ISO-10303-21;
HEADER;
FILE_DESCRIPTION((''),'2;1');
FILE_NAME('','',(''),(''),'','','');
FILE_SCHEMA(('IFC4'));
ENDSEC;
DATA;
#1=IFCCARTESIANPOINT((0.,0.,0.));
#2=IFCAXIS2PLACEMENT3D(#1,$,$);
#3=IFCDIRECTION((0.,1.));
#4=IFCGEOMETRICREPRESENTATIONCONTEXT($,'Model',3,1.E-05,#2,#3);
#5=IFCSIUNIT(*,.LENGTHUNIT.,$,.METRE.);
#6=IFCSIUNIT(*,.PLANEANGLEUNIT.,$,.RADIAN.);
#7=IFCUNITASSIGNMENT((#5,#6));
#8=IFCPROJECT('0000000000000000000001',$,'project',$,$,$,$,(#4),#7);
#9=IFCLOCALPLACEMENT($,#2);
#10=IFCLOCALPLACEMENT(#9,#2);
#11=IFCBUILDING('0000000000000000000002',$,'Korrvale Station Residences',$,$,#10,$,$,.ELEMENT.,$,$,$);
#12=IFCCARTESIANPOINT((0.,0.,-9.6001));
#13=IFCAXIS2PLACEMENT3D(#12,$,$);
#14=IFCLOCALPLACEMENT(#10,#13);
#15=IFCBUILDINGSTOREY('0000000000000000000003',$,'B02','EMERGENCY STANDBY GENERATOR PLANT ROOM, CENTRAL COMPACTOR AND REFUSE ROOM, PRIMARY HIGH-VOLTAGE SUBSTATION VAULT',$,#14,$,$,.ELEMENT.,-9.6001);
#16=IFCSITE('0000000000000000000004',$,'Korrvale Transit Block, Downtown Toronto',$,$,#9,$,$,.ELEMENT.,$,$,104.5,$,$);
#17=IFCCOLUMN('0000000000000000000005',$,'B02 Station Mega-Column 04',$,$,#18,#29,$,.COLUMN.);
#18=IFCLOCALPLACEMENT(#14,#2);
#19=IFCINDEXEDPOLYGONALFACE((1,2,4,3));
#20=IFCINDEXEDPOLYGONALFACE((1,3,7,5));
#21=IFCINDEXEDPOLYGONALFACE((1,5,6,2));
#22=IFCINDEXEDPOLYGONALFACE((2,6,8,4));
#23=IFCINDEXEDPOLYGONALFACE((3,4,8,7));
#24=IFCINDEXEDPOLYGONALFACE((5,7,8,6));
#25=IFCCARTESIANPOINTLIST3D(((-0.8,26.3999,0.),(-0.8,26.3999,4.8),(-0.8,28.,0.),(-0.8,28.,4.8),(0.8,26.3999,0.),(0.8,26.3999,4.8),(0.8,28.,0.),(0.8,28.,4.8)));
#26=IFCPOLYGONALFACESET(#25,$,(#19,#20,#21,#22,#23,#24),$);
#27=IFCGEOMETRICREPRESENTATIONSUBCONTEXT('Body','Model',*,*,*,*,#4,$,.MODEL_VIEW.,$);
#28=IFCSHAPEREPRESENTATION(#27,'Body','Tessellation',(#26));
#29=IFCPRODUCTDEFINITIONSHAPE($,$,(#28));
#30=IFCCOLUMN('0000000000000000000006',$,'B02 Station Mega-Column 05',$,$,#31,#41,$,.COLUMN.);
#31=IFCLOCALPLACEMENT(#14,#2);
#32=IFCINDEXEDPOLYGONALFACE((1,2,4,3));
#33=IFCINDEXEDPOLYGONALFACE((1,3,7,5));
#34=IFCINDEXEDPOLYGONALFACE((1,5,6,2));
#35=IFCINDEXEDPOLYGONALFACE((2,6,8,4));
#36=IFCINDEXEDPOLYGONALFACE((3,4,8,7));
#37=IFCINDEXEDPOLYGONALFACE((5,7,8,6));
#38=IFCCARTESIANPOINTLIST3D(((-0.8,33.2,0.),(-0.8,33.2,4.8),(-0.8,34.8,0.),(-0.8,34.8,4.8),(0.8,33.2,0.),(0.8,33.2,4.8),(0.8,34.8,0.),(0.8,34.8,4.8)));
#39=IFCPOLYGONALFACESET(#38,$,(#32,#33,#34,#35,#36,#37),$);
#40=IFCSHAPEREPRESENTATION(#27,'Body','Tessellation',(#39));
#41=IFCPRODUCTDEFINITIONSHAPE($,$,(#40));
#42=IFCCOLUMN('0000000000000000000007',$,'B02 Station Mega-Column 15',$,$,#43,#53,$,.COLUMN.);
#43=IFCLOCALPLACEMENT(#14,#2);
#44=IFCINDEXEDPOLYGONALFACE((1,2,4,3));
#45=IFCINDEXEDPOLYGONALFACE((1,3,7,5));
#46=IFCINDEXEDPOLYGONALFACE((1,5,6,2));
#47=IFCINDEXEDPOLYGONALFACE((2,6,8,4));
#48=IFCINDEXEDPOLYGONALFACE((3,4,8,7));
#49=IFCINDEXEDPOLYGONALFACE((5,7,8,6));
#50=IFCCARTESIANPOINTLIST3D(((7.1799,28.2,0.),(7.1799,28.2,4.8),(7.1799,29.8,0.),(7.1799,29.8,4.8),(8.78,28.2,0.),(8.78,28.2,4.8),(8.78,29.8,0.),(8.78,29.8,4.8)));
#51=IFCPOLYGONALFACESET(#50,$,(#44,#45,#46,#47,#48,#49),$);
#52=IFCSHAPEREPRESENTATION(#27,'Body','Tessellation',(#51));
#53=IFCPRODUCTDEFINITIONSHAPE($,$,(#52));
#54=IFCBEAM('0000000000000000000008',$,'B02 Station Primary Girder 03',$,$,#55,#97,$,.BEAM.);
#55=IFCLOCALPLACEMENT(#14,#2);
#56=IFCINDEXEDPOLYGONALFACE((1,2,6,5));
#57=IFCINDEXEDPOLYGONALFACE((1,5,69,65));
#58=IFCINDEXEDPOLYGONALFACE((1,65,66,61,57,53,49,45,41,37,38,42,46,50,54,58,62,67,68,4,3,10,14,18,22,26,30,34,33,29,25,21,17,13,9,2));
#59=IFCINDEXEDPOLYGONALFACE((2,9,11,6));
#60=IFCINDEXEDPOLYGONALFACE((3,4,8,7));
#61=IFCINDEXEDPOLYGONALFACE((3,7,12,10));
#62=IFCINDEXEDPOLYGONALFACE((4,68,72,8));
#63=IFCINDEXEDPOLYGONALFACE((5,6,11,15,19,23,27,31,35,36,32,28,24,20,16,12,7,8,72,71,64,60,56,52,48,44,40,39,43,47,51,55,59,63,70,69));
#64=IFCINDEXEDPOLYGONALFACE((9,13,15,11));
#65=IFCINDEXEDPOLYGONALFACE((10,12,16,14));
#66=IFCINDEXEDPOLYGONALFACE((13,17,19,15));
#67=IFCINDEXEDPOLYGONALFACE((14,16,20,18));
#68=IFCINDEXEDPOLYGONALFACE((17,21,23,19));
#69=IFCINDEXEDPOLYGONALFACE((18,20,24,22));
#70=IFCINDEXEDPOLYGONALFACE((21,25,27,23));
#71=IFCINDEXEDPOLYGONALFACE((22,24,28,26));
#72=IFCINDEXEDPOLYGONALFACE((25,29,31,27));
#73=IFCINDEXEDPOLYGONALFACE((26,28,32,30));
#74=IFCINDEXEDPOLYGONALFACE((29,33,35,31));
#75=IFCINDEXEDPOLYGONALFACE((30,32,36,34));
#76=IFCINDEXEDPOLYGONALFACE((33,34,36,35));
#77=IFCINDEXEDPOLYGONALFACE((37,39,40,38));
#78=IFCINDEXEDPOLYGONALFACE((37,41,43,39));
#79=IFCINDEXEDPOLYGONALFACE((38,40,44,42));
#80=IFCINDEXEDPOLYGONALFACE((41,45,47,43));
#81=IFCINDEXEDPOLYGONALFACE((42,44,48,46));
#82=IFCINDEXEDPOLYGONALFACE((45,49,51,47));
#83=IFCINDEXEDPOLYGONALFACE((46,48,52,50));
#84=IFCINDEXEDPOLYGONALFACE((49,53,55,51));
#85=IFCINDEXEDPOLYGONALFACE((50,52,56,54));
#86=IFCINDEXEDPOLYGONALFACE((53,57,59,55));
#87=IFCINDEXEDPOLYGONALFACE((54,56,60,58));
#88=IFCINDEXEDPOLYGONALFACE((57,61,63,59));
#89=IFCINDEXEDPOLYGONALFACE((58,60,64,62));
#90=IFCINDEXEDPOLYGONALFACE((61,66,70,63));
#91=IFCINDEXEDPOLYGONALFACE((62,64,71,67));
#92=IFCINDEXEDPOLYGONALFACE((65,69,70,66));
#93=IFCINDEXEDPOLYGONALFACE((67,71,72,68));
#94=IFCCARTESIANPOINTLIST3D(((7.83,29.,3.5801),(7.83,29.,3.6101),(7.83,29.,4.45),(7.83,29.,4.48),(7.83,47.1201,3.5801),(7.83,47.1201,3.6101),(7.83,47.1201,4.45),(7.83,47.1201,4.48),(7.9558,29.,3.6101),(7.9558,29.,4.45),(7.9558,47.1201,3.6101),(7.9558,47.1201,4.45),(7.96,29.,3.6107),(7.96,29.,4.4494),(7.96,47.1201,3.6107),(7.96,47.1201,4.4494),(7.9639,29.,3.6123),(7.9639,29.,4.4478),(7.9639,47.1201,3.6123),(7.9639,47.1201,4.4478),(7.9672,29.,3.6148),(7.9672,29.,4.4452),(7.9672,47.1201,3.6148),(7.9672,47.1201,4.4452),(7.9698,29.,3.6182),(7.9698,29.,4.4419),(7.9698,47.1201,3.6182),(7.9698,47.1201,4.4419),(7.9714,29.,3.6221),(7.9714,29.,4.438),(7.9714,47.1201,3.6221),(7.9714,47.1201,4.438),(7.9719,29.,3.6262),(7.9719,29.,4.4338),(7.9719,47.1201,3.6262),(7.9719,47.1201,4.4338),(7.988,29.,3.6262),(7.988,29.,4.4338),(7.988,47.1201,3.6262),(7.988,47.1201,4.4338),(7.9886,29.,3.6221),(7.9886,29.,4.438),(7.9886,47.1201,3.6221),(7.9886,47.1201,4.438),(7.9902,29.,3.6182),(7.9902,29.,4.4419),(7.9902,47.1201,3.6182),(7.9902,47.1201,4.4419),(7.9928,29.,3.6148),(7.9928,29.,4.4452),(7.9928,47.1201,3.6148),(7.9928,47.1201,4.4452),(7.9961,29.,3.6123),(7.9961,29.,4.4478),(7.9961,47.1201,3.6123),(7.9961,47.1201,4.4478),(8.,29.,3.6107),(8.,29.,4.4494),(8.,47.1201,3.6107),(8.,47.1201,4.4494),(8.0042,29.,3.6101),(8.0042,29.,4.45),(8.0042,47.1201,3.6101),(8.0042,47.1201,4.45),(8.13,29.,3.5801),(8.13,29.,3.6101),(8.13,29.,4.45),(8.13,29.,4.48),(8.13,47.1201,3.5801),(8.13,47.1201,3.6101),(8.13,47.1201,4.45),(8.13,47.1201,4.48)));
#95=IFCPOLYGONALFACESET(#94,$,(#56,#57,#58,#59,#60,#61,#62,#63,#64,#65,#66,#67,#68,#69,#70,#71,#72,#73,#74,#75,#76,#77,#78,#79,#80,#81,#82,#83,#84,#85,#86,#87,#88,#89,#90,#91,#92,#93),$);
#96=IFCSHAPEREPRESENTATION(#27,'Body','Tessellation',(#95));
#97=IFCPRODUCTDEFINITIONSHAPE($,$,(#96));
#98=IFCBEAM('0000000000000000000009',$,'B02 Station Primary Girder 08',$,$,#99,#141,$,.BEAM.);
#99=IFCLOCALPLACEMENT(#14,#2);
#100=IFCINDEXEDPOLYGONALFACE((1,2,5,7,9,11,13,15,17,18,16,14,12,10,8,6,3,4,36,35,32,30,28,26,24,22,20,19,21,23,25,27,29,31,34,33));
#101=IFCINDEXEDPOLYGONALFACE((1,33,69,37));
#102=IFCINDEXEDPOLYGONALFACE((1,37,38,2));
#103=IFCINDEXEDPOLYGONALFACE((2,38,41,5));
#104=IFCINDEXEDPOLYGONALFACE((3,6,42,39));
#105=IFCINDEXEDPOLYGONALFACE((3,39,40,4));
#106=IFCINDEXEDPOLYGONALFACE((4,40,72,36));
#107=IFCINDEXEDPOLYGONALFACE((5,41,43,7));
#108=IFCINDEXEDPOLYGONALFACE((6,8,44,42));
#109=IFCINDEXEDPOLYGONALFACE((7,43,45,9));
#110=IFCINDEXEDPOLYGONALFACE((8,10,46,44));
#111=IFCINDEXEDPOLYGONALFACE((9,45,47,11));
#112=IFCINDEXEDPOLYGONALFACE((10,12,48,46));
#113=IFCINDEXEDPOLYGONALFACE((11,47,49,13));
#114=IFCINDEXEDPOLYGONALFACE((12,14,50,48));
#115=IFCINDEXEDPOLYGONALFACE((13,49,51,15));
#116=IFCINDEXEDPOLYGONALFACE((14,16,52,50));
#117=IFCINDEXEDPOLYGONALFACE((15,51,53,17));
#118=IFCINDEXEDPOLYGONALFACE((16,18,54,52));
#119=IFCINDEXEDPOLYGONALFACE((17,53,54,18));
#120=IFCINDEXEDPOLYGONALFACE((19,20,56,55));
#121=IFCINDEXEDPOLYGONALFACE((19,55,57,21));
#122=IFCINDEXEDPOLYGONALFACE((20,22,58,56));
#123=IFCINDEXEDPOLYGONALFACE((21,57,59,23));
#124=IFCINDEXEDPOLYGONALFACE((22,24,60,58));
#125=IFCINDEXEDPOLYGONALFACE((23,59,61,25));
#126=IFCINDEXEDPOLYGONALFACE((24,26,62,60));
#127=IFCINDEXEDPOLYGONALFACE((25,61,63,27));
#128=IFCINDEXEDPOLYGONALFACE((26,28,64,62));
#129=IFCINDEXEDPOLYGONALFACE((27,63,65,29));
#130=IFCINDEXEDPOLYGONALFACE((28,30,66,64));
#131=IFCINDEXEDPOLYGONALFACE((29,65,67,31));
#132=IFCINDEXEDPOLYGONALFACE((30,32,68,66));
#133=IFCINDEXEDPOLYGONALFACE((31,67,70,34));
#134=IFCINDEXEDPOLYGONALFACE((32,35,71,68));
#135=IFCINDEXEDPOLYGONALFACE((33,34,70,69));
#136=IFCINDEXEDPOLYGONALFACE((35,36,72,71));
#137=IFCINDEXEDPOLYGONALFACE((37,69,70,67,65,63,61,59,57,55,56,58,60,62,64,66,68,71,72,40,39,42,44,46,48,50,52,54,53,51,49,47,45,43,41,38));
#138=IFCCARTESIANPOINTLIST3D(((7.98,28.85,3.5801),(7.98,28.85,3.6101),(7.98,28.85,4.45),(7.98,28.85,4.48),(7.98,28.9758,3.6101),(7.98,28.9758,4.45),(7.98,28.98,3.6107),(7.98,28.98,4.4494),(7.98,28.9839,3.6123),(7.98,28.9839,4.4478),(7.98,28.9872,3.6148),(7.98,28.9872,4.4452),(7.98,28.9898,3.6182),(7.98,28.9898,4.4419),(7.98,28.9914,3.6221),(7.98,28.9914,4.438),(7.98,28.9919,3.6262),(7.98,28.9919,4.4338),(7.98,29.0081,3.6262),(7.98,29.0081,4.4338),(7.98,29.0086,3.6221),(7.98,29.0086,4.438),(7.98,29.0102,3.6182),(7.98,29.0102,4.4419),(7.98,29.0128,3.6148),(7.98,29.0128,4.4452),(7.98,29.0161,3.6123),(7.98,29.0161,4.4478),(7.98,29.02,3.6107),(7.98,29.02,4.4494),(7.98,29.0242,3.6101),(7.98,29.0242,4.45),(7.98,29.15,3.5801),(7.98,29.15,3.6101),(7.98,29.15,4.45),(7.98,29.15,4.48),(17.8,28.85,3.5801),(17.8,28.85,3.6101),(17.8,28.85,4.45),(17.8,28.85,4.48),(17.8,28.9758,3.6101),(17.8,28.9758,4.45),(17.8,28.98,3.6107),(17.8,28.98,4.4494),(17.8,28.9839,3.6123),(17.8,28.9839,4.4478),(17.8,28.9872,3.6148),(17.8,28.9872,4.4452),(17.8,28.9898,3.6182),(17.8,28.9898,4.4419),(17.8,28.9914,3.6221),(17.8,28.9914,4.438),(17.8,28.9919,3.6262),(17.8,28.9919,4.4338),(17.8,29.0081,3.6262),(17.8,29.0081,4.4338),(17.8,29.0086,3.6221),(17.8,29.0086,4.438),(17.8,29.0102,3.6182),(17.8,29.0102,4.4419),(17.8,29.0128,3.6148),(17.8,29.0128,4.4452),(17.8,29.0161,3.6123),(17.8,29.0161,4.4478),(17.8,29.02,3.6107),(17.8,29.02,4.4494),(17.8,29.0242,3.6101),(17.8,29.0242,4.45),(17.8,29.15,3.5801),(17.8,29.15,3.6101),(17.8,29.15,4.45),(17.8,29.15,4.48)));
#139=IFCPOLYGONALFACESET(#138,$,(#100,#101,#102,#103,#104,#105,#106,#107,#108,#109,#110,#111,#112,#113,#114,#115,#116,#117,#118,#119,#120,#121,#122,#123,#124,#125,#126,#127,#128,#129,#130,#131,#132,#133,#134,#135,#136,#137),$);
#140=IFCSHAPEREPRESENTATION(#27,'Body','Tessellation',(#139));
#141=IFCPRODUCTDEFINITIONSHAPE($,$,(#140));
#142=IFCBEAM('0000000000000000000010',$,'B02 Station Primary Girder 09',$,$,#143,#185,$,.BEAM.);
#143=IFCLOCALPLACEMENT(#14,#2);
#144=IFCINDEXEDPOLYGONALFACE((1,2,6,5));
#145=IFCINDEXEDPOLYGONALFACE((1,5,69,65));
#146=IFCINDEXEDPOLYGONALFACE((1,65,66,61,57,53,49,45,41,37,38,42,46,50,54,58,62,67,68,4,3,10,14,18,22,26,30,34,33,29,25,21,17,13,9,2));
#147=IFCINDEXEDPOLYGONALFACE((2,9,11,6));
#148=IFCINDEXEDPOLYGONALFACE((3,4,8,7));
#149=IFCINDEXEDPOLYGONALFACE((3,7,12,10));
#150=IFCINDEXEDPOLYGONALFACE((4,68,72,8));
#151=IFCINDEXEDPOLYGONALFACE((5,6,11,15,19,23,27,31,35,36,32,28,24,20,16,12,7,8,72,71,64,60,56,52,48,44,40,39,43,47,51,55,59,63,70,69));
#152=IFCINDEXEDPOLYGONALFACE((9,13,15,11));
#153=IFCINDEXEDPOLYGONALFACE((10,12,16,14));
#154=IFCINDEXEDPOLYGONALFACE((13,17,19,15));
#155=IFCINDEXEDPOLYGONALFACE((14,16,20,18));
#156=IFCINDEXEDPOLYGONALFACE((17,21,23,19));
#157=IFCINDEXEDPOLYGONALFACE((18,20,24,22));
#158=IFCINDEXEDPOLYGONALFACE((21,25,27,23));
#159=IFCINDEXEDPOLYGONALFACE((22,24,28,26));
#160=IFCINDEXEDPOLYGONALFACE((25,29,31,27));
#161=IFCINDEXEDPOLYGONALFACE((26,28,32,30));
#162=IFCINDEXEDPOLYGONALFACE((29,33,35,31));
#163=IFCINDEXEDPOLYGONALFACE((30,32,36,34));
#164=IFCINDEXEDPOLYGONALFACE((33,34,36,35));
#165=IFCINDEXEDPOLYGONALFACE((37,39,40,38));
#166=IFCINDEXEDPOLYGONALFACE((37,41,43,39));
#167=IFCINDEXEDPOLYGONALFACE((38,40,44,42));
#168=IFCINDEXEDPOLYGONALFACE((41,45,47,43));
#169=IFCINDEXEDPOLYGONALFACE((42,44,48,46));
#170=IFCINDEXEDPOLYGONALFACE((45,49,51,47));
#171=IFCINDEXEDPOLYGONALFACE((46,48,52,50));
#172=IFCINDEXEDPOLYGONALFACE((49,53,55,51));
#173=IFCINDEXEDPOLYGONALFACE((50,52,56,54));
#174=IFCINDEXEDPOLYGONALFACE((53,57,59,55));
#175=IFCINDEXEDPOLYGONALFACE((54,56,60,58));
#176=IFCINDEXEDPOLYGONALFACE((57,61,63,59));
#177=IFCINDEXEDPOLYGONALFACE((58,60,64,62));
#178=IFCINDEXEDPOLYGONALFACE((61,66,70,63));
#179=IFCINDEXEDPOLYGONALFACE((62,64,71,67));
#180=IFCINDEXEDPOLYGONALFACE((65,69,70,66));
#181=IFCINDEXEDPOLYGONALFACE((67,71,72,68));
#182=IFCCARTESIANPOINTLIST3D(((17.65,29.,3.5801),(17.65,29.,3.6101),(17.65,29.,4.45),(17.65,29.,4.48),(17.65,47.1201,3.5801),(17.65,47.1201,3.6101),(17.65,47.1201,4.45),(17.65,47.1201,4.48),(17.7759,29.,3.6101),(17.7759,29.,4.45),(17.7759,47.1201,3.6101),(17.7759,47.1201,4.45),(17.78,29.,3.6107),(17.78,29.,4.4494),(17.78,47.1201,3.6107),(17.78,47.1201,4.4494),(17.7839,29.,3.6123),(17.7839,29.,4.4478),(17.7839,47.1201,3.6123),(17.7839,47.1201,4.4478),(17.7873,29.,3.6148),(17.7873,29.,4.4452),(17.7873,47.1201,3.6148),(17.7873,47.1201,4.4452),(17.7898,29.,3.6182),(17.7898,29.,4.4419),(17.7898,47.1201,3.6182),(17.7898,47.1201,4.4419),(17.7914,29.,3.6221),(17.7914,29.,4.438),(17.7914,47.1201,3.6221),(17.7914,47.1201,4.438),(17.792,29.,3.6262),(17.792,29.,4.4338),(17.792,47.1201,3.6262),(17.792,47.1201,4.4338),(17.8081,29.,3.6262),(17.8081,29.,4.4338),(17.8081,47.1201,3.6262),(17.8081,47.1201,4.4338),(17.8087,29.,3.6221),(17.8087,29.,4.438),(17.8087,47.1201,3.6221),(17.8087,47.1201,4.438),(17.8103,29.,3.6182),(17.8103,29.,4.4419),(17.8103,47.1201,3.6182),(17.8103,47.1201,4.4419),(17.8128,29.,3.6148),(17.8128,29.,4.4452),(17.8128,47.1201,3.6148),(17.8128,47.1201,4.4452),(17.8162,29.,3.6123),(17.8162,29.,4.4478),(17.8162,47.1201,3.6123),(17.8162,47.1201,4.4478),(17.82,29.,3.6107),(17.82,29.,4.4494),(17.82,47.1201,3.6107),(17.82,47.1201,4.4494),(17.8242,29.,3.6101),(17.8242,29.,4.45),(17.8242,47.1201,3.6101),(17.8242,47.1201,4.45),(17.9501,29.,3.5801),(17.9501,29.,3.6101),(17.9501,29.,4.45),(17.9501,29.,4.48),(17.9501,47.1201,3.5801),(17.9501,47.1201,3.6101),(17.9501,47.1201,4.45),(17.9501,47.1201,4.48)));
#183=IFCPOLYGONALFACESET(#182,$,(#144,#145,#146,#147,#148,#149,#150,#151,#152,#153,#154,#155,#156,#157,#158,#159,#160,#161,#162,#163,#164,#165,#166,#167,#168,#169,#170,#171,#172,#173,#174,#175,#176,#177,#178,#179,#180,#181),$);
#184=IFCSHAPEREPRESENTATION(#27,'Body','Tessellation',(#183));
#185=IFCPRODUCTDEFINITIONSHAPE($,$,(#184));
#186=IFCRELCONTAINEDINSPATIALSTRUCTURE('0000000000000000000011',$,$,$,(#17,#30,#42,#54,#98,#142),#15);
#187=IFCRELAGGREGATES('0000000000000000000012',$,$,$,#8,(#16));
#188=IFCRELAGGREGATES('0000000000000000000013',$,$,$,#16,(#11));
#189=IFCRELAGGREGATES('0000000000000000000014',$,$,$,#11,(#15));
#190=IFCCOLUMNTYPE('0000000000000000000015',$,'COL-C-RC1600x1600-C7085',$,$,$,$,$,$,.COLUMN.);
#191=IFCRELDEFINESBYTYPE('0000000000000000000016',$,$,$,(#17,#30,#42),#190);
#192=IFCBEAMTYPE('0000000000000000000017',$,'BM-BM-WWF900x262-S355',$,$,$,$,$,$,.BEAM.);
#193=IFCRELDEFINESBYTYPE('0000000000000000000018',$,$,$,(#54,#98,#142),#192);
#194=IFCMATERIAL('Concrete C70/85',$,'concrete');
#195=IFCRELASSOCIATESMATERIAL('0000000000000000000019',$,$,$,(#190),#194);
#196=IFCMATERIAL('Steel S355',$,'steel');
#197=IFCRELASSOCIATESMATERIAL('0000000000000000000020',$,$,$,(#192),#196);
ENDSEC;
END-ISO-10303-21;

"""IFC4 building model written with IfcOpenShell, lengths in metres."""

from ifc_helpers import new_model, si_unit, direction, frame, origin, origin_2d, place, context, subcontext, project, spatial, rectangle, i_section, extrude, material, material_profile, profile_set, type_object, element, save


model = new_model("IFC4")

# Units and contexts
model_context = context("Model", 3, precision=1e-05, world=origin(), true_north=direction((0.0, 1.0)))
body_context = subcontext(model_context, "Body", "Model", "MODEL_VIEW")
ifc_project = project(units=[si_unit("LENGTHUNIT", "METRE"), si_unit("PLANEANGLEUNIT", "RADIAN")], contexts=[model_context])

# Site, building, storey
site_placement = place(None, origin())
site = spatial("IfcSite", under=ifc_project, at=site_placement, Name="Korrvale Transit Block, Downtown Toronto", CompositionType="ELEMENT", RefElevation=104.5)
building_placement = place(site_placement, origin())
building = spatial("IfcBuilding", under=site, at=building_placement, Name="Korrvale Station Residences", CompositionType="ELEMENT")
storey_placement = place(building_placement, frame((0.0, 0.0, -9.6001)))
storey = spatial("IfcBuildingStorey", under=building, at=storey_placement, Name="B02", Description="EMERGENCY STANDBY GENERATOR PLANT ROOM, CENTRAL COMPACTOR AND REFUSE ROOM, PRIMARY HIGH-VOLTAGE SUBSTATION VAULT", CompositionType="ELEMENT", Elevation=-9.6001)

# Columns
ifc_material_1 = material(Name="Concrete C70/85", Category="concrete")
ifc_material_profile_1 = material_profile(ifc_material_1, rectangle(XDim=1.6001, YDim=1.6001, at=origin_2d()), Name="RC1600x1600")
ifc_profile_set_1 = profile_set([ifc_material_profile_1], Name="Concrete C70/85")
column_type_1 = type_object("IfcColumnType", Name="COL-C-RC1600x1600-C7085", PredefinedType="COLUMN", material=ifc_profile_set_1)
for number, where, z_axis, x_axis, name in (
    (1, (0.0, 27.2, 0.0), (0.0, 0.0, 1.0), (1.0, 0.0, 0.0), "B02 Station Mega-Column 04"),
    (2, (0.0, 34.0, 0.0), (0.0, 0.0, 1.0), (1.0, 0.0, 0.0), "B02 Station Mega-Column 05"),
    (3, (7.98, 29.0, 0.0), (0.0, 0.0, 1.0), (1.0, 0.0, 0.0), "B02 Station Mega-Column 15"),
):
    element("IfcColumn", number, at=place(storey_placement, frame(where, z_axis=z_axis, x_axis=x_axis)), inside=storey, type_object=column_type_1, Name=name, PredefinedType="COLUMN", context=body_context, shape_type="SweptSolid", body=[
        extrude(rectangle(XDim=1.6001, YDim=1.6001, at=origin_2d()), origin(), (0.0, 0.0, 1.0), 4.8),
    ])

# Beams
ifc_material_2 = material(Name="Steel S355", Category="steel")
ifc_material_profile_2 = material_profile(ifc_material_2, i_section(OverallWidth=0.3, OverallDepth=0.8999, WebThickness=0.0161, FlangeThickness=0.03, FilletRadius=0.0161, at=origin_2d()), Name="WWF900x262")
ifc_profile_set_2 = profile_set([ifc_material_profile_2], Name="Steel S355")
beam_type_1 = type_object("IfcBeamType", Name="BM-BM-WWF900x262-S355", PredefinedType="BEAM", material=ifc_profile_set_2)
beam_1_placement = place(storey_placement, frame((7.98, 29.0, 4.03), z_axis=(0.0, 1.0, 0.0), x_axis=(-1.0, 0.0, 0.0)))
element("IfcBeam", 4, at=beam_1_placement, inside=storey, type_object=beam_type_1, Name="B02 Station Primary Girder 03", PredefinedType="BEAM", context=body_context, shape_type="SweptSolid", body=[
    extrude(i_section(OverallWidth=0.3, OverallDepth=0.8999, WebThickness=0.0161, FlangeThickness=0.03, FilletRadius=0.0161, at=origin_2d()), origin(), (0.0, 0.0, 1.0), 18.1201),
])
beam_2_placement = place(storey_placement, frame((7.98, 29.0, 4.03), z_axis=(1.0, 0.0, 0.0), x_axis=(0.0, 1.0, 0.0)))
element("IfcBeam", 5, at=beam_2_placement, inside=storey, type_object=beam_type_1, Name="B02 Station Primary Girder 08", PredefinedType="BEAM", context=body_context, shape_type="SweptSolid", body=[
    extrude(i_section(OverallWidth=0.3, OverallDepth=0.8999, WebThickness=0.0161, FlangeThickness=0.03, FilletRadius=0.0161, at=origin_2d()), origin(), (0.0, 0.0, 1.0), 9.8201),
])
beam_3_placement = place(storey_placement, frame((17.8, 29.0, 4.03), z_axis=(0.0, 1.0, 0.0), x_axis=(-1.0, 0.0, 0.0)))
element("IfcBeam", 6, at=beam_3_placement, inside=storey, type_object=beam_type_1, Name="B02 Station Primary Girder 09", PredefinedType="BEAM", context=body_context, shape_type="SweptSolid", body=[
    extrude(i_section(OverallWidth=0.3, OverallDepth=0.8999, WebThickness=0.0161, FlangeThickness=0.03, FilletRadius=0.0161, at=origin_2d()), origin(), (0.0, 0.0, 1.0), 18.1201),
])

save(model, "model.ifc")
